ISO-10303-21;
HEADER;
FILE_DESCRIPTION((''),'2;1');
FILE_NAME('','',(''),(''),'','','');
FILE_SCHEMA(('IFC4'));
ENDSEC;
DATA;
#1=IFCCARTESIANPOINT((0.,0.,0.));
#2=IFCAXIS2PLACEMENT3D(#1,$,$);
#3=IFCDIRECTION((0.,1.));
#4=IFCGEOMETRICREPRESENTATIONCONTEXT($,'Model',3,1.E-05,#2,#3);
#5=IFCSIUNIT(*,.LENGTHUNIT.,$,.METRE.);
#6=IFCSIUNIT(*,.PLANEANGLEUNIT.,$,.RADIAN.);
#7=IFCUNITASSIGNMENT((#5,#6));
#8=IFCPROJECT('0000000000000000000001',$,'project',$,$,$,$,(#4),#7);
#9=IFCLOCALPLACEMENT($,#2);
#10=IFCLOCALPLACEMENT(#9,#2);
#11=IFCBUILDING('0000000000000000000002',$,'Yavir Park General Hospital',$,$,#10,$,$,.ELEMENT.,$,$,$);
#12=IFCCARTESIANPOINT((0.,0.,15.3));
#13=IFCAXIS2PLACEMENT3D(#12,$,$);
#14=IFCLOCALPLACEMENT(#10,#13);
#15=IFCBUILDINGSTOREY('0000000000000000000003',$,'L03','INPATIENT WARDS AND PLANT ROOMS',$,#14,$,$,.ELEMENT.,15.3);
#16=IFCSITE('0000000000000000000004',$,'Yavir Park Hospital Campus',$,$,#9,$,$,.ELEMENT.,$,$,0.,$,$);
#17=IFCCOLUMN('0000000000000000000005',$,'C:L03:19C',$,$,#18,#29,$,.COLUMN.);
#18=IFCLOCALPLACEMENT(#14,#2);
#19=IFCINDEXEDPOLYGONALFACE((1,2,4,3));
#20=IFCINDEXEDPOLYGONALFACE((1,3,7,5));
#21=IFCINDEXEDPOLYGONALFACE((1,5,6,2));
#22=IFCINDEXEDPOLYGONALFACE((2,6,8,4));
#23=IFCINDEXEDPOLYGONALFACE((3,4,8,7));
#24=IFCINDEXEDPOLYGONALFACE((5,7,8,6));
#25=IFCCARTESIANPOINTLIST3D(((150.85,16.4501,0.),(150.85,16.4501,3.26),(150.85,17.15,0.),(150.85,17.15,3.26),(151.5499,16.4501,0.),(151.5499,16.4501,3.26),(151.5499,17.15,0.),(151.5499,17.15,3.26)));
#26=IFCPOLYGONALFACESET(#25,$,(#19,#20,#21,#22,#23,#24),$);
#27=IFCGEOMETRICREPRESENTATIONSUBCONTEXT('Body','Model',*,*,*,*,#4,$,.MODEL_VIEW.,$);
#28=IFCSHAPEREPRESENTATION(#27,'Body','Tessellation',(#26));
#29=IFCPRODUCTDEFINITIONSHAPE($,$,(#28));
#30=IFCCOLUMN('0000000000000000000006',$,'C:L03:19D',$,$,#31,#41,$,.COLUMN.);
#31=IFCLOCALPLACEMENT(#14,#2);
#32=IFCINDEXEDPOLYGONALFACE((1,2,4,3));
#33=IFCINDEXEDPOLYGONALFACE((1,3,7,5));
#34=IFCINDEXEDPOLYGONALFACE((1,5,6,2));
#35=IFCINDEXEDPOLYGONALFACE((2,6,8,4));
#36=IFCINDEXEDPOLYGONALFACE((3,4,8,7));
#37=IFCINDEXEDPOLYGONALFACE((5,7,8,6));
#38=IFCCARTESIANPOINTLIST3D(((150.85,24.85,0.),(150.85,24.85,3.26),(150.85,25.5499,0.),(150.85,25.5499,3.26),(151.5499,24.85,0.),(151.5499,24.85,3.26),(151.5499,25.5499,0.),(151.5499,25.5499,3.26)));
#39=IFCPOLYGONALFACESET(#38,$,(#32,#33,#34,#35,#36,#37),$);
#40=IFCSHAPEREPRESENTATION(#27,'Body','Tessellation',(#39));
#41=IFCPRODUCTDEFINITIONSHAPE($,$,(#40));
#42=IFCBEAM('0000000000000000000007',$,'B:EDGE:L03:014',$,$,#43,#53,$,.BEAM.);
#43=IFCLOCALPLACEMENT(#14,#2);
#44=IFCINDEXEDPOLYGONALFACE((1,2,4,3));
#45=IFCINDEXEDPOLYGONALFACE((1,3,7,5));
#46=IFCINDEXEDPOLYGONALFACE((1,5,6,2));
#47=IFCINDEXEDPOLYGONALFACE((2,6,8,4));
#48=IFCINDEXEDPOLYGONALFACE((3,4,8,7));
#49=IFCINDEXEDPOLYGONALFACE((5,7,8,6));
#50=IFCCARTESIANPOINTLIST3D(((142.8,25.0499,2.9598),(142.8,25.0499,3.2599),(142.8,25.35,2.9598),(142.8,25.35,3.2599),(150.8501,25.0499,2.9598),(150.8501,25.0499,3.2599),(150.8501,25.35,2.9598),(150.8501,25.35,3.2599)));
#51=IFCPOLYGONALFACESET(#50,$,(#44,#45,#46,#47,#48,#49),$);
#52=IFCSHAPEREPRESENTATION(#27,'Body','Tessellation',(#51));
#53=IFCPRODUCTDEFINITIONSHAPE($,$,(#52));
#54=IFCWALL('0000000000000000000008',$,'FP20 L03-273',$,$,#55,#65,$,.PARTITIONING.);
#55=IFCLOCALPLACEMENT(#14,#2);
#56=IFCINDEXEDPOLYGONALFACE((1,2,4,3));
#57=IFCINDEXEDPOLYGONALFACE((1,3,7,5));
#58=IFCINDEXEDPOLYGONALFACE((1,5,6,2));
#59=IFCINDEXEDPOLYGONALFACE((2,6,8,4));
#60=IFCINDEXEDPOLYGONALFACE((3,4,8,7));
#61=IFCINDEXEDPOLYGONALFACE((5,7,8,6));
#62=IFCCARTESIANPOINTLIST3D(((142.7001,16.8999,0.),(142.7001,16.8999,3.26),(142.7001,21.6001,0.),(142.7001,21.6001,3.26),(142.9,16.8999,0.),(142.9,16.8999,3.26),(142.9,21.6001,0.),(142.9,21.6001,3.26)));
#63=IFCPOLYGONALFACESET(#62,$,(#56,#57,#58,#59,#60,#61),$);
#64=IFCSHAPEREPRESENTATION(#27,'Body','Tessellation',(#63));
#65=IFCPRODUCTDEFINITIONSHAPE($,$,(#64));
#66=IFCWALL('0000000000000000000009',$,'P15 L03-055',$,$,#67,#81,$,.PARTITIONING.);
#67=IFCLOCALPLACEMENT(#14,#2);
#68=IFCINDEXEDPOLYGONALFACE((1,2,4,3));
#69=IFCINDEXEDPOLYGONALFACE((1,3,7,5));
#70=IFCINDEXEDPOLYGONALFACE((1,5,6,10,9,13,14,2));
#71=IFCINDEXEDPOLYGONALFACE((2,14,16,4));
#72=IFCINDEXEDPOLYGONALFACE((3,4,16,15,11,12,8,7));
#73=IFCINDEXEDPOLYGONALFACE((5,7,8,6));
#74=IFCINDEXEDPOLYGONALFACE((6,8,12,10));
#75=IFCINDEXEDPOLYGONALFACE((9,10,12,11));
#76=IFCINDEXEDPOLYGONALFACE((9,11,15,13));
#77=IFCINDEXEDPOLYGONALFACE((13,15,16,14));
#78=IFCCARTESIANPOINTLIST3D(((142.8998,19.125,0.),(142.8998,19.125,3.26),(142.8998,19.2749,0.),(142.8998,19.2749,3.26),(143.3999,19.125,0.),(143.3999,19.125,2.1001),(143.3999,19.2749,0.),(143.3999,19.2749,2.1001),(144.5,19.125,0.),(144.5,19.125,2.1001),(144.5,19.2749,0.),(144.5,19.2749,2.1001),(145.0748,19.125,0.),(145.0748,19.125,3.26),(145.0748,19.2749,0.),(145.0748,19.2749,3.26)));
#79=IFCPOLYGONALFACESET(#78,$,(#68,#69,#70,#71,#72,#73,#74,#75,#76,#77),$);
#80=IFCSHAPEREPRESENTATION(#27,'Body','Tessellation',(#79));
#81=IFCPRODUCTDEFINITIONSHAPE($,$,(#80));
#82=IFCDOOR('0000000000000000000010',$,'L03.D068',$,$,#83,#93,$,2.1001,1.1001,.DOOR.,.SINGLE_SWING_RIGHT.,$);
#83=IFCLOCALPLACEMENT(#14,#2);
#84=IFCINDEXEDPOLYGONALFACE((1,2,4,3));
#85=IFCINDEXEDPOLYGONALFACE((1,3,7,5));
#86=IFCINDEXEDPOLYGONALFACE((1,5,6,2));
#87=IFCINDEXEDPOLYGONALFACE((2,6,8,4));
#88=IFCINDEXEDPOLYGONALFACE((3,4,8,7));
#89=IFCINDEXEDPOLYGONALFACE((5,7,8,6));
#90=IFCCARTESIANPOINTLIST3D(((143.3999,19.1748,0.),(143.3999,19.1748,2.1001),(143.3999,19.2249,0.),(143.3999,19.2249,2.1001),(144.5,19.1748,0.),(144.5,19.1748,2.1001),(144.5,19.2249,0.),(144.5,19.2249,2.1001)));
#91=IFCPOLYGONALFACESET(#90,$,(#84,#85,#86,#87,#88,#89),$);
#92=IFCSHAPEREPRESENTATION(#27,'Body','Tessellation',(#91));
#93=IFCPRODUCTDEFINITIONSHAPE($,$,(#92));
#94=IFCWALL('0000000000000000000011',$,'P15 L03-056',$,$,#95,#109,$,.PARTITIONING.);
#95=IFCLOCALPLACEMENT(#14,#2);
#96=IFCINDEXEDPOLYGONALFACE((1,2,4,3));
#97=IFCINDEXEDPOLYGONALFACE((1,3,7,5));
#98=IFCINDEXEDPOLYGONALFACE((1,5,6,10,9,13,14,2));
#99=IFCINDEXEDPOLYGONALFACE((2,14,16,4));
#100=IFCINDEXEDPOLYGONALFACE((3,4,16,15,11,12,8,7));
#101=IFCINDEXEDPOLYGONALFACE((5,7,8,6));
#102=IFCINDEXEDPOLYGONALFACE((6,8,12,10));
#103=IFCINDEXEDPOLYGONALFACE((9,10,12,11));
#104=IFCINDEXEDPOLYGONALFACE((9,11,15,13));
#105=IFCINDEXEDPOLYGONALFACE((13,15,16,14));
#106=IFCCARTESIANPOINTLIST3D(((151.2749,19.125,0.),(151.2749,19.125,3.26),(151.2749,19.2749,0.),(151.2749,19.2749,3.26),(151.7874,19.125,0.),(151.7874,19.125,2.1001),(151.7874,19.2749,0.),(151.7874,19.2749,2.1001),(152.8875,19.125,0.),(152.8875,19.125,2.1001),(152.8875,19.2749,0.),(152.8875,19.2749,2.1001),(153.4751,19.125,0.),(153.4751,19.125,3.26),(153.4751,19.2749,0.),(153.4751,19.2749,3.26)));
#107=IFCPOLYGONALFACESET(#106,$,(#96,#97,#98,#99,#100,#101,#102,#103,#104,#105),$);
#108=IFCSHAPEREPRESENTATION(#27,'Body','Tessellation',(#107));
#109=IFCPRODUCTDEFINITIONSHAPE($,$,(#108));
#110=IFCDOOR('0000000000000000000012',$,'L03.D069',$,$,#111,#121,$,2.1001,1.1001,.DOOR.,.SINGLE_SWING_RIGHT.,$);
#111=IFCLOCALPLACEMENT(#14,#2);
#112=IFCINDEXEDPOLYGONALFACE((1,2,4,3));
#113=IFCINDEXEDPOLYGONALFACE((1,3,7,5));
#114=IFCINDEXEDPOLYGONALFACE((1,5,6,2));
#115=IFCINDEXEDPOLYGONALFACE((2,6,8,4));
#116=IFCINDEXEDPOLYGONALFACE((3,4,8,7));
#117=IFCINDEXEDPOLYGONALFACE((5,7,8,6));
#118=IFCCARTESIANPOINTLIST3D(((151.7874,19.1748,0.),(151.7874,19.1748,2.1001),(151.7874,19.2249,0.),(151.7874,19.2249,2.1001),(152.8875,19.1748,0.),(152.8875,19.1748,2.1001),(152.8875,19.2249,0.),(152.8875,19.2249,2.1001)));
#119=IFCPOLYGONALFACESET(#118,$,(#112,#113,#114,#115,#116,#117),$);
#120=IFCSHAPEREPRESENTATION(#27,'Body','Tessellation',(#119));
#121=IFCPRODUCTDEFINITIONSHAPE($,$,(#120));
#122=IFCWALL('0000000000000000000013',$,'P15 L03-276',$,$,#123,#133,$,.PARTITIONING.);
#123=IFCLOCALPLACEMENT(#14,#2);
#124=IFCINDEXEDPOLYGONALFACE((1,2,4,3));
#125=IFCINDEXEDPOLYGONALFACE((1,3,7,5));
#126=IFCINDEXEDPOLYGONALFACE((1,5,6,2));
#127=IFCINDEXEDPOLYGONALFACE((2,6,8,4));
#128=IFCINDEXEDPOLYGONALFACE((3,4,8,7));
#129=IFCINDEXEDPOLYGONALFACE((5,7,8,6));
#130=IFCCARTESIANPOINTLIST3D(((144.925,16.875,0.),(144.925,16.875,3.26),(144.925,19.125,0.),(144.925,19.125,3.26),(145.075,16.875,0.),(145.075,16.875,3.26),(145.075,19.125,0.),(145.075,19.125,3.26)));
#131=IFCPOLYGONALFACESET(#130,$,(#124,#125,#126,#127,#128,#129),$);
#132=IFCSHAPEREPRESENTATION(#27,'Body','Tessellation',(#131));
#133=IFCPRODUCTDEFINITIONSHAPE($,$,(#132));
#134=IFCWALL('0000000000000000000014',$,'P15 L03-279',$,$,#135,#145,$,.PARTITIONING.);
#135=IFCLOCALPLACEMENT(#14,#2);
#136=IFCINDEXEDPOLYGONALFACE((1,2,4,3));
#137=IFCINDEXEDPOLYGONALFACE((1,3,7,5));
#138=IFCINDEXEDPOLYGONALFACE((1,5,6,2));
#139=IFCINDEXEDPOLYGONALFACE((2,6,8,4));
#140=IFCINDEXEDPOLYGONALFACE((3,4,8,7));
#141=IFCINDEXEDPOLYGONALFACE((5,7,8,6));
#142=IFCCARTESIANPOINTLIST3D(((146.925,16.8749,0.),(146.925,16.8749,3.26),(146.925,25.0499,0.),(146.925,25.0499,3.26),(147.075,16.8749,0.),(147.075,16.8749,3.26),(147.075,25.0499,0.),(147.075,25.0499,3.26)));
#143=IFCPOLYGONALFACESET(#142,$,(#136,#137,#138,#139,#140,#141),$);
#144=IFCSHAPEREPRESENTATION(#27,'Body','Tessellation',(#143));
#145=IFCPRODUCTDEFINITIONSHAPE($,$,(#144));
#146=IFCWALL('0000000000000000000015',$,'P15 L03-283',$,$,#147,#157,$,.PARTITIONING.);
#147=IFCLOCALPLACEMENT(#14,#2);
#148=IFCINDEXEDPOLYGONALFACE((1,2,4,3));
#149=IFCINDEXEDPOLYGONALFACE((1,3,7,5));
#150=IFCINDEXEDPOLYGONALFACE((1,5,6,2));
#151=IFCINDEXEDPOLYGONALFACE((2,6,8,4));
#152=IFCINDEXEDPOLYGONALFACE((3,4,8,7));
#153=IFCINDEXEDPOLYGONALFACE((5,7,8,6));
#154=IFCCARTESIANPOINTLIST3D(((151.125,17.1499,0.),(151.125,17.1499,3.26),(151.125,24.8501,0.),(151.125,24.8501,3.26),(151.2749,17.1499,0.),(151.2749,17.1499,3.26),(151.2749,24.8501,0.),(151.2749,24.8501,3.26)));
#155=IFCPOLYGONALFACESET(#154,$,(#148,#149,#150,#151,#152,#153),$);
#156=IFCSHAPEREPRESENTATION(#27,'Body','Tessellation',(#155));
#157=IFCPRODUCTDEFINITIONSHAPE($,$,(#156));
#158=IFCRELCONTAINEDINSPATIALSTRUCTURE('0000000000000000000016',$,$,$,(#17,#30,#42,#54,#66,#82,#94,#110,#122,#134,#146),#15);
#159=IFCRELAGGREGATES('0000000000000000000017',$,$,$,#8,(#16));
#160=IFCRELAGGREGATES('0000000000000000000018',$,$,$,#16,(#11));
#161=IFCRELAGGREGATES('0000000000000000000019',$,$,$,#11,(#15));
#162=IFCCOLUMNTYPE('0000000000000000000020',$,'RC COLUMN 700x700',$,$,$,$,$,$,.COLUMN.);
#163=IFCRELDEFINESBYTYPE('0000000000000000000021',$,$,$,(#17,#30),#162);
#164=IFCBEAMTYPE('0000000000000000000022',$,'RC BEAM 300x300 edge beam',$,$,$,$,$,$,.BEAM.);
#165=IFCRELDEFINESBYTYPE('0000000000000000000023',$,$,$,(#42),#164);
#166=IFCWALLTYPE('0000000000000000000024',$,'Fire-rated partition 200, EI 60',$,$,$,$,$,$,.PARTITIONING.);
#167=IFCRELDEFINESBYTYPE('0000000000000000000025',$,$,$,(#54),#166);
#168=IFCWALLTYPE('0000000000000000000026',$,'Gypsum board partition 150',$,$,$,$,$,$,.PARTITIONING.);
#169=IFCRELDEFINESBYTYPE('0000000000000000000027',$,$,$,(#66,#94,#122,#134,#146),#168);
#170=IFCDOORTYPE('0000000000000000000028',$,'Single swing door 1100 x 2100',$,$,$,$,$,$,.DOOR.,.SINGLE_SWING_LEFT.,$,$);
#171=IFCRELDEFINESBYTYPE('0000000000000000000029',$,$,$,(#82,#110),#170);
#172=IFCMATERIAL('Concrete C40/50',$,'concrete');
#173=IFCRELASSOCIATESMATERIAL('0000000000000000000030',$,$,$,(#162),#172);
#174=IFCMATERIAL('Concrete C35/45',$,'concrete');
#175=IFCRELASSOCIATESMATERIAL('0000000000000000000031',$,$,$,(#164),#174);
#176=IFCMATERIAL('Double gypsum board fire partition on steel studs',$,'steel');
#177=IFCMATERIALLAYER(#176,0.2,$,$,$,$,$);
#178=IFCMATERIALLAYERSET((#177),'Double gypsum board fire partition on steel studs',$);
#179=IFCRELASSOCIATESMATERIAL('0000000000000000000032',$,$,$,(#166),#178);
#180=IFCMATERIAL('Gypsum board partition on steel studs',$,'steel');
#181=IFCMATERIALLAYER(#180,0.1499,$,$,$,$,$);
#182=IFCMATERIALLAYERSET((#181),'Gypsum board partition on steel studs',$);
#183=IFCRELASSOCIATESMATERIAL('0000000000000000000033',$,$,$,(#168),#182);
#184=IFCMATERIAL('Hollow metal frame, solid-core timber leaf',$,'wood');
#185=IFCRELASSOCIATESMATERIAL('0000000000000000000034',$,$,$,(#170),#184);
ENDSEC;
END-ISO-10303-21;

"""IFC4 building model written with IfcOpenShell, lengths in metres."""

from ifc_helpers import new_model, si_unit, direction, frame, frame_2d, origin, origin_2d, place, context, subcontext, project, spatial, rectangle, extrude, material, layer, layer_set, material_profile, profile_set, type_object, element, fill, save


model = new_model("IFC4")

# Units and contexts
model_context = context("Model", 3, precision=1e-05, world=origin(), true_north=direction((0.0, 1.0)))
body_context = subcontext(model_context, "Body", "Model", "MODEL_VIEW")
ifc_project = project(units=[si_unit("LENGTHUNIT", "METRE"), si_unit("PLANEANGLEUNIT", "RADIAN")], contexts=[model_context])

# Site, building, storey
site_placement = place(None, origin())
site = spatial("IfcSite", under=ifc_project, at=site_placement, Name="Yavir Park Hospital Campus", CompositionType="ELEMENT", RefElevation=0.0)
building_placement = place(site_placement, origin())
building = spatial("IfcBuilding", under=site, at=building_placement, Name="Yavir Park General Hospital", CompositionType="ELEMENT")
storey_placement = place(building_placement, frame((0.0, 0.0, 15.3)))
storey = spatial("IfcBuildingStorey", under=building, at=storey_placement, Name="L03", Description="INPATIENT WARDS AND PLANT ROOMS", CompositionType="ELEMENT", Elevation=15.3)

# Columns
ifc_material_1 = material(Name="Concrete C40/50", Category="concrete")
ifc_material_profile_1 = material_profile(ifc_material_1, rectangle(XDim=0.7, YDim=0.7, at=origin_2d()), Name="RC700x700")
ifc_profile_set_1 = profile_set([ifc_material_profile_1], Name="Concrete C40/50")
column_type = type_object("IfcColumnType", Name="RC COLUMN 700x700", PredefinedType="COLUMN", material=ifc_profile_set_1)
for number, where, z_axis, x_axis, name in (
    (1, (151.2, 16.8, 0.0), (0.0, 0.0, 1.0), (1.0, 0.0, 0.0), "C:L03:19C"),
    (2, (151.2, 25.2, 0.0), (0.0, 0.0, 1.0), (1.0, 0.0, 0.0), "C:L03:19D"),
):
    element("IfcColumn", number, at=place(storey_placement, frame(where, z_axis=z_axis, x_axis=x_axis)), inside=storey, type_object=column_type, Name=name, PredefinedType="COLUMN", context=body_context, shape_type="SweptSolid", body=[
        extrude(rectangle(XDim=0.7, YDim=0.7, at=origin_2d()), origin(), (0.0, 0.0, 1.0), 3.26),
    ])

# Beam
ifc_material_2 = material(Name="Concrete C35/45", Category="concrete")
ifc_material_profile_2 = material_profile(ifc_material_2, rectangle(XDim=0.3, YDim=0.3, at=origin_2d()), Name="RC300x300")
ifc_profile_set_2 = profile_set([ifc_material_profile_2], Name="Concrete C35/45")
beam_type = type_object("IfcBeamType", Name="RC BEAM 300x300 edge beam", PredefinedType="BEAM", material=ifc_profile_set_2)
beam_placement = place(storey_placement, frame((142.8, 25.2, 3.1099), z_axis=(1.0, 0.0, 0.0), x_axis=(0.0, 1.0, 0.0)))
element("IfcBeam", 3, at=beam_placement, inside=storey, type_object=beam_type, Name="B:EDGE:L03:014", PredefinedType="BEAM", context=body_context, shape_type="SweptSolid", body=[
    extrude(rectangle(XDim=0.3, YDim=0.3, at=origin_2d()), origin(), (0.0, 0.0, 1.0), 8.05),
])

# Wall
ifc_material_3 = material(Name="Double gypsum board fire partition on steel studs", Category="steel")
ifc_layer_1 = layer(ifc_material_3, 0.2)
ifc_layer_set_1 = layer_set([ifc_layer_1], Name="Double gypsum board fire partition on steel studs")
wall_type_1 = type_object("IfcWallType", Name="Fire-rated partition 200, EI 60", PredefinedType="PARTITIONING", material=ifc_layer_set_1)
wall_1_placement = place(storey_placement, frame((142.8, 16.8999, 0.0), z_axis=(0.0, 0.0, 1.0), x_axis=(0.0, 1.0, 0.0)))
element("IfcWall", 4, at=wall_1_placement, inside=storey, type_object=wall_type_1, Name="FP20 L03-273", PredefinedType="PARTITIONING", context=body_context, shape_type="SweptSolid", body=[
    extrude(rectangle(XDim=4.7002, YDim=0.2, at=frame_2d((2.3501, 0.0))), origin(), (0.0, 0.0, 1.0), 3.26),
])

# Shared definitions
ifc_material_4 = material(Name="Gypsum board partition on steel studs", Category="steel")
ifc_layer_2 = layer(ifc_material_4, 0.1499)
ifc_layer_set_2 = layer_set([ifc_layer_2], Name="Gypsum board partition on steel studs")
wall_type_2 = type_object("IfcWallType", Name="Gypsum board partition 150", PredefinedType="PARTITIONING", material=ifc_layer_set_2)

# Walls, openings, doors
wall_2_placement = place(storey_placement, frame((142.8999, 19.2, 0.0), z_axis=(0.0, 0.0, 1.0), x_axis=(1.0, 0.0, 0.0)))
wall_2 = element("IfcWall", 5, at=wall_2_placement, inside=storey, type_object=wall_type_2, Name="P15 L03-055", PredefinedType="PARTITIONING", context=body_context, shape_type="SweptSolid", body=[
    extrude(rectangle(XDim=2.175, YDim=0.1499, at=frame_2d((1.0874, 0.0))), origin(), (0.0, 0.0, 1.0), 3.26),
])
opening_1_placement = place(wall_2_placement, frame((0.5, 0.0, 0.0)))
opening_1 = element("IfcOpeningElement", 6, at=opening_1_placement, cuts=wall_2, PredefinedType="OPENING", context=body_context, shape_type="SweptSolid", body=[
    extrude(rectangle(XDim=1.1001, YDim=2.1001, at=frame_2d((0.55, 1.05))), frame((0.0, 0.085, 0.0), z_axis=(0.0, -1.0, 0.0), x_axis=(1.0, 0.0, 0.0)), (0.0, 0.0, 1.0), 0.1699),
])
ifc_material_5 = material(Name="Hollow metal frame, solid-core timber leaf", Category="wood")
door_type_1 = type_object("IfcDoorType", Name="Single swing door 1100 x 2100", OperationType="SINGLE_SWING_LEFT", PredefinedType="DOOR", material=ifc_material_5)
door_1_placement = place(opening_1_placement, origin())
door_1 = element("IfcDoor", 7, at=door_1_placement, inside=storey, type_object=door_type_1, Name="L03.D068", OperationType="SINGLE_SWING_RIGHT", OverallHeight=2.1001, OverallWidth=1.1001, PredefinedType="DOOR", context=body_context, shape_type="SweptSolid", body=[
    extrude(rectangle(XDim=1.1001, YDim=2.1001, at=frame_2d((0.55, 1.05))), frame((0.0, 0.0249, 0.0), z_axis=(0.0, -1.0, 0.0), x_axis=(1.0, 0.0, 0.0)), (0.0, 0.0, 1.0), 0.05),
])
fill(opening_1, door_1)
wall_3_placement = place(storey_placement, frame((151.2749, 19.2, 0.0), z_axis=(0.0, 0.0, 1.0), x_axis=(1.0, 0.0, 0.0)))
wall_3 = element("IfcWall", 8, at=wall_3_placement, inside=storey, type_object=wall_type_2, Name="P15 L03-056", PredefinedType="PARTITIONING", context=body_context, shape_type="SweptSolid", body=[
    extrude(rectangle(XDim=2.2002, YDim=0.1499, at=frame_2d((1.1001, 0.0))), origin(), (0.0, 0.0, 1.0), 3.26),
])
opening_2_placement = place(wall_3_placement, frame((0.5125, 0.0, 0.0)))
opening_2 = element("IfcOpeningElement", 9, at=opening_2_placement, cuts=wall_3, PredefinedType="OPENING", context=body_context, shape_type="SweptSolid", body=[
    extrude(rectangle(XDim=1.1001, YDim=2.1001, at=frame_2d((0.55, 1.05))), frame((0.0, 0.085, 0.0), z_axis=(0.0, -1.0, 0.0), x_axis=(1.0, 0.0, 0.0)), (0.0, 0.0, 1.0), 0.1699),
])
door_2_placement = place(opening_2_placement, origin())
door_2 = element("IfcDoor", 10, at=door_2_placement, inside=storey, type_object=door_type_1, Name="L03.D069", OperationType="SINGLE_SWING_RIGHT", OverallHeight=2.1001, OverallWidth=1.1001, PredefinedType="DOOR", context=body_context, shape_type="SweptSolid", body=[
    extrude(rectangle(XDim=1.1001, YDim=2.1001, at=frame_2d((0.55, 1.05))), frame((0.0, 0.0249, 0.0), z_axis=(0.0, -1.0, 0.0), x_axis=(1.0, 0.0, 0.0)), (0.0, 0.0, 1.0), 0.05),
])
fill(opening_2, door_2)

# Walls
wall_4_placement = place(storey_placement, frame((145.0, 16.875, 0.0), z_axis=(0.0, 0.0, 1.0), x_axis=(0.0, 1.0, 0.0)))
element("IfcWall", 11, at=wall_4_placement, inside=storey, type_object=wall_type_2, Name="P15 L03-276", PredefinedType="PARTITIONING", context=body_context, shape_type="SweptSolid", body=[
    extrude(rectangle(XDim=2.25, YDim=0.1499, at=frame_2d((1.125, 0.0))), origin(), (0.0, 0.0, 1.0), 3.26),
])
wall_5_placement = place(storey_placement, frame((147.0, 16.875, 0.0), z_axis=(0.0, 0.0, 1.0), x_axis=(0.0, 1.0, 0.0)))
element("IfcWall", 12, at=wall_5_placement, inside=storey, type_object=wall_type_2, Name="P15 L03-279", PredefinedType="PARTITIONING", context=body_context, shape_type="SweptSolid", body=[
    extrude(rectangle(XDim=8.175, YDim=0.1499, at=frame_2d((4.0874, 0.0))), origin(), (0.0, 0.0, 1.0), 3.26),
])
wall_6_placement = place(storey_placement, frame((151.2, 17.1499, 0.0), z_axis=(0.0, 0.0, 1.0), x_axis=(0.0, 1.0, 0.0)))
element("IfcWall", 13, at=wall_6_placement, inside=storey, type_object=wall_type_2, Name="P15 L03-283", PredefinedType="PARTITIONING", context=body_context, shape_type="SweptSolid", body=[
    extrude(rectangle(XDim=7.7002, YDim=0.1499, at=frame_2d((3.8501, 0.0))), origin(), (0.0, 0.0, 1.0), 3.26),
])

save(model, "model.ifc")
